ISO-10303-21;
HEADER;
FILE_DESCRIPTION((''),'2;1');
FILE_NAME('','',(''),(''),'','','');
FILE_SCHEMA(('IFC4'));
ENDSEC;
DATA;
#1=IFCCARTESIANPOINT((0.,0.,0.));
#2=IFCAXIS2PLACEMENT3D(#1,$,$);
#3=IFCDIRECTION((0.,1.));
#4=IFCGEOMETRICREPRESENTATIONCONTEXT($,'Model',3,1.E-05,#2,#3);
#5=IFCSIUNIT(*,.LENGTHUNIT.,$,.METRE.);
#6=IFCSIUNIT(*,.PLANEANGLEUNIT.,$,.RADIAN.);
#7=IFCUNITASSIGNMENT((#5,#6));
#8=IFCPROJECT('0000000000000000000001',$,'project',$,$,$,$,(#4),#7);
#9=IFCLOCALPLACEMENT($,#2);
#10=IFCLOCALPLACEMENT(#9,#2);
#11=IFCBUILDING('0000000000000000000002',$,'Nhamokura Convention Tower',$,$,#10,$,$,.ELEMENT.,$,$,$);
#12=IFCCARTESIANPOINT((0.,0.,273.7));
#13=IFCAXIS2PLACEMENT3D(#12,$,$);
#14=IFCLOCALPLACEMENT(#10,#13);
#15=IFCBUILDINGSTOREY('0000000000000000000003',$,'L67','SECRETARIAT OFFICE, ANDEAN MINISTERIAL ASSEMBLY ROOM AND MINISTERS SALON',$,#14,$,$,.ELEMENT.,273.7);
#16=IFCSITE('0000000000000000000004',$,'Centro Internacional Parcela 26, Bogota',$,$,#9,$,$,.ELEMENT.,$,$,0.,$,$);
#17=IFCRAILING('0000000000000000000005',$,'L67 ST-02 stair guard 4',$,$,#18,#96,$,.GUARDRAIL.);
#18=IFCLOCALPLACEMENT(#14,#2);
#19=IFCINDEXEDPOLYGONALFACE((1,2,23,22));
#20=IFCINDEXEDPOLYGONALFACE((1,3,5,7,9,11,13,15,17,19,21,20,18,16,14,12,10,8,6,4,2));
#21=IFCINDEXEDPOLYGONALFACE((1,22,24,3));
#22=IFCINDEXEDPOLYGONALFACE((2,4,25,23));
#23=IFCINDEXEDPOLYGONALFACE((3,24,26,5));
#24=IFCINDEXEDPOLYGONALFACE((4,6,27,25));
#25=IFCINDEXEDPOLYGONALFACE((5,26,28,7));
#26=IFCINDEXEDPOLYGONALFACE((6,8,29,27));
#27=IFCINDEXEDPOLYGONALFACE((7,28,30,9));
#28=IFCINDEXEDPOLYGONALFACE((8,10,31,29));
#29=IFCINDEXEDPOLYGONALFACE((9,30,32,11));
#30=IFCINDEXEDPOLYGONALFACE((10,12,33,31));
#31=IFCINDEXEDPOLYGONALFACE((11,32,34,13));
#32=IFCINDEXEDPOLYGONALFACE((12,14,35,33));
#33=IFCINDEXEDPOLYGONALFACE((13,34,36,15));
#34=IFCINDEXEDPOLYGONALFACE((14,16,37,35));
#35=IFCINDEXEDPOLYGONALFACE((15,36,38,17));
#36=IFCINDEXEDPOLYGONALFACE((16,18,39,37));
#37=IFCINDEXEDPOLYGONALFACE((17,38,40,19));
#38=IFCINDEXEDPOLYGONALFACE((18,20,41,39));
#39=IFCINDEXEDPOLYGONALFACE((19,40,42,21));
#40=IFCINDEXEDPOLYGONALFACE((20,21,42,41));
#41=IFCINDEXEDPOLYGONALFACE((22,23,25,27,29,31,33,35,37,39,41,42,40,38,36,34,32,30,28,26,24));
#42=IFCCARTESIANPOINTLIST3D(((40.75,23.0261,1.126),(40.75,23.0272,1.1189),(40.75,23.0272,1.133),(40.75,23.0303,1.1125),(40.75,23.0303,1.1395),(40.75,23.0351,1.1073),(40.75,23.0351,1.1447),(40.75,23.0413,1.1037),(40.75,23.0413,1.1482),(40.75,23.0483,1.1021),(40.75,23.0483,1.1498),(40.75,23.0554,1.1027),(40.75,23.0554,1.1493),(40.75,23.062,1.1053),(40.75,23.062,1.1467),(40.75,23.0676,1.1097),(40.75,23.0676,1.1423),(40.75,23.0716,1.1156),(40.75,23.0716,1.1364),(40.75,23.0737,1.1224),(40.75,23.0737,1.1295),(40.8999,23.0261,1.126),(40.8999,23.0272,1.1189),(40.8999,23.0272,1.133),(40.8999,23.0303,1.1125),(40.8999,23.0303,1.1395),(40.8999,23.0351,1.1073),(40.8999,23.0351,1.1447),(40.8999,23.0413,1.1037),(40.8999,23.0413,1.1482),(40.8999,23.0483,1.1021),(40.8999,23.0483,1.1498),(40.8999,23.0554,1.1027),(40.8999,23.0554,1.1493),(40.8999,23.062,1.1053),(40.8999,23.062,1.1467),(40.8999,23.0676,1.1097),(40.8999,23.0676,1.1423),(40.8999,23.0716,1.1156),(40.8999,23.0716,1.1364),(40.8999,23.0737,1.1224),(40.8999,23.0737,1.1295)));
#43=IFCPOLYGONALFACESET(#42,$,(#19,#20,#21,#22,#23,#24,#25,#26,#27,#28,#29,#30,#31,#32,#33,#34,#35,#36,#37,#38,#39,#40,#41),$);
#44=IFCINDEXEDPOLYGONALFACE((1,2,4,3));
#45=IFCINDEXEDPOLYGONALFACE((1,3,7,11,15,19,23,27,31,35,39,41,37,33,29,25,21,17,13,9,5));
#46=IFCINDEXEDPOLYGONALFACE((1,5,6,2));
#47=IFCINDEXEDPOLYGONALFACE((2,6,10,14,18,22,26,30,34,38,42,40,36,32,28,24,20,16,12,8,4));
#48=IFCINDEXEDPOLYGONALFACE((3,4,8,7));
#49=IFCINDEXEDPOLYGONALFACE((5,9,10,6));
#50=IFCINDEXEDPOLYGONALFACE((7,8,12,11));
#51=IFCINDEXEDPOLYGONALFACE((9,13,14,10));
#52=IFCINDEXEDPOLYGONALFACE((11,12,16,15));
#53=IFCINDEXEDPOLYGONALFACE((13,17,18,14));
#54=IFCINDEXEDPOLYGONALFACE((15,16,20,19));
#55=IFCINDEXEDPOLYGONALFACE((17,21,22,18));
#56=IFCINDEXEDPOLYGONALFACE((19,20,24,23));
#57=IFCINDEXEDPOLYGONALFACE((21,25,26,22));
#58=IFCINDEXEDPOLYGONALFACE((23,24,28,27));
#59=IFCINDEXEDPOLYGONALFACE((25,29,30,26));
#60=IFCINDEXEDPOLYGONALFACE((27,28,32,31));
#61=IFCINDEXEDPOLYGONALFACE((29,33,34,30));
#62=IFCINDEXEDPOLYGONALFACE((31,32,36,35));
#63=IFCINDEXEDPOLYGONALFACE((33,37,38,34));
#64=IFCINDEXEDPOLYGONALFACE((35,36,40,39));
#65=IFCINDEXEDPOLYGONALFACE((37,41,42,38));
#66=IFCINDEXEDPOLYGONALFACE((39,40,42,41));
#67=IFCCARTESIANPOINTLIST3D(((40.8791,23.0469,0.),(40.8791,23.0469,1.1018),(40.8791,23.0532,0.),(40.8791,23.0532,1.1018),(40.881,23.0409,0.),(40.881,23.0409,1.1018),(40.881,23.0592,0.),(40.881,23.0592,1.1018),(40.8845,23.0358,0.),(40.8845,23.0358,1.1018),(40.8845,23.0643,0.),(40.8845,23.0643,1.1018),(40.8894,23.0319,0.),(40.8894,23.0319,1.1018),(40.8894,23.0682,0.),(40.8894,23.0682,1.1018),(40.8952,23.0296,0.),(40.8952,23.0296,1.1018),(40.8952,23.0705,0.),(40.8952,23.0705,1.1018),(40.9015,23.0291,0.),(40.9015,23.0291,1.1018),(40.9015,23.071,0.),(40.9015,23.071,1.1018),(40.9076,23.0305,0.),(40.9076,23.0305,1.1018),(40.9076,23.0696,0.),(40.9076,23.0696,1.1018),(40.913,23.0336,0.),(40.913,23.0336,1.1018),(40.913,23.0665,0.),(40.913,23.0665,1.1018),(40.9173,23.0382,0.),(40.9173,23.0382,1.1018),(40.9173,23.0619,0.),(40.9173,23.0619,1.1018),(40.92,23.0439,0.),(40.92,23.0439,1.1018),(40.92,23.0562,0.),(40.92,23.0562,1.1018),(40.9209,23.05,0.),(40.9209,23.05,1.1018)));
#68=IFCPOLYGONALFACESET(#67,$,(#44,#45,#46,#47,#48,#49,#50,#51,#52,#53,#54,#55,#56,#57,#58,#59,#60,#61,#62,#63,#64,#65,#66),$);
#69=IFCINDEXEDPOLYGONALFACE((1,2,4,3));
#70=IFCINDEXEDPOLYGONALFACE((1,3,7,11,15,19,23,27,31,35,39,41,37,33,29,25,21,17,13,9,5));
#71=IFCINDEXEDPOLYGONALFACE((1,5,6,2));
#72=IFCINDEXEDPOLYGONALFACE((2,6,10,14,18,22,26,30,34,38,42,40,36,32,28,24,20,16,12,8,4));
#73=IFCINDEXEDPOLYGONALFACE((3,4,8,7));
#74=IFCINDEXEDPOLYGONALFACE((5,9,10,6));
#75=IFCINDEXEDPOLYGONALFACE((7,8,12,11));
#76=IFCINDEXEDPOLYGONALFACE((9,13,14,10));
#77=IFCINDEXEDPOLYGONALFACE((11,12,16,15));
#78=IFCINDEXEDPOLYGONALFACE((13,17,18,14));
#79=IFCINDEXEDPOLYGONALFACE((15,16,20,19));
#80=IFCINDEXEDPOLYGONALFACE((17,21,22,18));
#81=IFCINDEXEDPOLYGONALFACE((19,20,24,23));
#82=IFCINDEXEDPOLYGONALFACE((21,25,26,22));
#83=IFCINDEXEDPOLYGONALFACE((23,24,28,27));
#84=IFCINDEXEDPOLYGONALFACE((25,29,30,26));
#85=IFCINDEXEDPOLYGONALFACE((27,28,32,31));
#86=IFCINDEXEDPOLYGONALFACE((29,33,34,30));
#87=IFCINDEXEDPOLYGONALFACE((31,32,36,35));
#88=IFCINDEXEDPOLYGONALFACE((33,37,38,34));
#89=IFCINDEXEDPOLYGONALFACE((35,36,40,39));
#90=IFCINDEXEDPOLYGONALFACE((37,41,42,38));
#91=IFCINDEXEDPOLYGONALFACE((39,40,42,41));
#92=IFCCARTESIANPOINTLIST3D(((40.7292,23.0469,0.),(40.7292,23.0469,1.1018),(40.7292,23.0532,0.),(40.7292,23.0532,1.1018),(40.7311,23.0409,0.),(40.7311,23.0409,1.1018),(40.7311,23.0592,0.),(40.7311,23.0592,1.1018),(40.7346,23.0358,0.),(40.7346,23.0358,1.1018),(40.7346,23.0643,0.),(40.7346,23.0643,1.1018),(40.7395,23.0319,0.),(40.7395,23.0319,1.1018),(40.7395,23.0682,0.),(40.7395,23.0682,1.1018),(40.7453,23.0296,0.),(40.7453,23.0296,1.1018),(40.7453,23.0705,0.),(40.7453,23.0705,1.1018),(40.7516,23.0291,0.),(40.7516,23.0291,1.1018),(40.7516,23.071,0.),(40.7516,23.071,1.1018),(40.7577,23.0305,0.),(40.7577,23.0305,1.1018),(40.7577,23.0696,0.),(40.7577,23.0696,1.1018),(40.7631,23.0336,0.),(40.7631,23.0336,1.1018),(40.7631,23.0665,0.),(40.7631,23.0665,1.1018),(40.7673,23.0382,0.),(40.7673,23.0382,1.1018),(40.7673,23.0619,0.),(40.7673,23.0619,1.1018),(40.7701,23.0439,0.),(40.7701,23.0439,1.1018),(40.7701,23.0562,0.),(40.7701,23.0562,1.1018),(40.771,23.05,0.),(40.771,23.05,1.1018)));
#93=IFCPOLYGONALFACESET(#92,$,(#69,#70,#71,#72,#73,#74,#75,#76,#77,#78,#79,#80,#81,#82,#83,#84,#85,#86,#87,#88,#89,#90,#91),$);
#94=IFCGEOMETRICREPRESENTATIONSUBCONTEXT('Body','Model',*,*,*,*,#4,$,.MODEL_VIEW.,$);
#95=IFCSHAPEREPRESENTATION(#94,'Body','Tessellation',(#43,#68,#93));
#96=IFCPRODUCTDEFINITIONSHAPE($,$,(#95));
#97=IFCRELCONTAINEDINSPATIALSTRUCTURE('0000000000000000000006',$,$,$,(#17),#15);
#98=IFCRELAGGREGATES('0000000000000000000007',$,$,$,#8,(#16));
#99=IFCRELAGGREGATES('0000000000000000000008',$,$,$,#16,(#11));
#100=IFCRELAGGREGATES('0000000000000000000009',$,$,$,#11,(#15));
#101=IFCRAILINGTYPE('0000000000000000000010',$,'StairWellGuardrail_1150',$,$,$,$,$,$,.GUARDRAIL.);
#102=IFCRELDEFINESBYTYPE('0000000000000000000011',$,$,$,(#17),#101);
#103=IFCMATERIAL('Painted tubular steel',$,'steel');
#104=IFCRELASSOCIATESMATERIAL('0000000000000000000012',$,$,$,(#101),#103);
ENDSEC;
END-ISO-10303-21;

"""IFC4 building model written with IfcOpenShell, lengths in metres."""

from ifc_helpers import new_model, si_unit, direction, frame, origin, origin_2d, place, context, subcontext, project, spatial, circle, extrude, material, type_object, element, save


model = new_model("IFC4")

# Units and contexts
model_context = context("Model", 3, precision=1e-05, world=origin(), true_north=direction((0.0, 1.0)))
body_context = subcontext(model_context, "Body", "Model", "MODEL_VIEW")
ifc_project = project(units=[si_unit("LENGTHUNIT", "METRE"), si_unit("PLANEANGLEUNIT", "RADIAN")], contexts=[model_context])

# Site, building, storey
site_placement = place(None, origin())
site = spatial("IfcSite", under=ifc_project, at=site_placement, Name="Centro Internacional Parcela 26, Bogota", CompositionType="ELEMENT", RefElevation=0.0)
building_placement = place(site_placement, origin())
building = spatial("IfcBuilding", under=site, at=building_placement, Name="Nhamokura Convention Tower", CompositionType="ELEMENT")
storey_placement = place(building_placement, frame((0.0, 0.0, 273.7)))
storey = spatial("IfcBuildingStorey", under=building, at=storey_placement, Name="L67", Description="SECRETARIAT OFFICE, ANDEAN MINISTERIAL ASSEMBLY ROOM AND MINISTERS SALON", CompositionType="ELEMENT", Elevation=273.7)

# Railing
ifc_material_1 = material(Name="Painted tubular steel", Category="steel")
railing_type_1 = type_object("IfcRailingType", Name="StairWellGuardrail_1150", PredefinedType="GUARDRAIL", material=ifc_material_1)
railing_1_placement = place(storey_placement, frame((40.8999, 23.05, 0.0)))
element("IfcRailing", 1, at=railing_1_placement, inside=storey, type_object=railing_type_1, Name="L67 ST-02 stair guard 4", PredefinedType="GUARDRAIL", context=body_context, shape_type="SweptSolid", body=[
    extrude(circle(Radius=0.0239, at=origin_2d()), frame((0.0, 0.0, 1.126), z_axis=(-1.0, 0.0, 0.0), x_axis=(0.0, -1.0, 0.0)), (0.0, 0.0, 1.0), 0.1499),
    extrude(circle(Radius=0.021, at=origin_2d()), origin(), (0.0, 0.0, 1.0), 1.1018),
    extrude(circle(Radius=0.021, at=origin_2d()), frame((-0.1499, 0.0, 0.0)), (0.0, 0.0, 1.0), 1.1018),
])

save(model, "model.ifc")
